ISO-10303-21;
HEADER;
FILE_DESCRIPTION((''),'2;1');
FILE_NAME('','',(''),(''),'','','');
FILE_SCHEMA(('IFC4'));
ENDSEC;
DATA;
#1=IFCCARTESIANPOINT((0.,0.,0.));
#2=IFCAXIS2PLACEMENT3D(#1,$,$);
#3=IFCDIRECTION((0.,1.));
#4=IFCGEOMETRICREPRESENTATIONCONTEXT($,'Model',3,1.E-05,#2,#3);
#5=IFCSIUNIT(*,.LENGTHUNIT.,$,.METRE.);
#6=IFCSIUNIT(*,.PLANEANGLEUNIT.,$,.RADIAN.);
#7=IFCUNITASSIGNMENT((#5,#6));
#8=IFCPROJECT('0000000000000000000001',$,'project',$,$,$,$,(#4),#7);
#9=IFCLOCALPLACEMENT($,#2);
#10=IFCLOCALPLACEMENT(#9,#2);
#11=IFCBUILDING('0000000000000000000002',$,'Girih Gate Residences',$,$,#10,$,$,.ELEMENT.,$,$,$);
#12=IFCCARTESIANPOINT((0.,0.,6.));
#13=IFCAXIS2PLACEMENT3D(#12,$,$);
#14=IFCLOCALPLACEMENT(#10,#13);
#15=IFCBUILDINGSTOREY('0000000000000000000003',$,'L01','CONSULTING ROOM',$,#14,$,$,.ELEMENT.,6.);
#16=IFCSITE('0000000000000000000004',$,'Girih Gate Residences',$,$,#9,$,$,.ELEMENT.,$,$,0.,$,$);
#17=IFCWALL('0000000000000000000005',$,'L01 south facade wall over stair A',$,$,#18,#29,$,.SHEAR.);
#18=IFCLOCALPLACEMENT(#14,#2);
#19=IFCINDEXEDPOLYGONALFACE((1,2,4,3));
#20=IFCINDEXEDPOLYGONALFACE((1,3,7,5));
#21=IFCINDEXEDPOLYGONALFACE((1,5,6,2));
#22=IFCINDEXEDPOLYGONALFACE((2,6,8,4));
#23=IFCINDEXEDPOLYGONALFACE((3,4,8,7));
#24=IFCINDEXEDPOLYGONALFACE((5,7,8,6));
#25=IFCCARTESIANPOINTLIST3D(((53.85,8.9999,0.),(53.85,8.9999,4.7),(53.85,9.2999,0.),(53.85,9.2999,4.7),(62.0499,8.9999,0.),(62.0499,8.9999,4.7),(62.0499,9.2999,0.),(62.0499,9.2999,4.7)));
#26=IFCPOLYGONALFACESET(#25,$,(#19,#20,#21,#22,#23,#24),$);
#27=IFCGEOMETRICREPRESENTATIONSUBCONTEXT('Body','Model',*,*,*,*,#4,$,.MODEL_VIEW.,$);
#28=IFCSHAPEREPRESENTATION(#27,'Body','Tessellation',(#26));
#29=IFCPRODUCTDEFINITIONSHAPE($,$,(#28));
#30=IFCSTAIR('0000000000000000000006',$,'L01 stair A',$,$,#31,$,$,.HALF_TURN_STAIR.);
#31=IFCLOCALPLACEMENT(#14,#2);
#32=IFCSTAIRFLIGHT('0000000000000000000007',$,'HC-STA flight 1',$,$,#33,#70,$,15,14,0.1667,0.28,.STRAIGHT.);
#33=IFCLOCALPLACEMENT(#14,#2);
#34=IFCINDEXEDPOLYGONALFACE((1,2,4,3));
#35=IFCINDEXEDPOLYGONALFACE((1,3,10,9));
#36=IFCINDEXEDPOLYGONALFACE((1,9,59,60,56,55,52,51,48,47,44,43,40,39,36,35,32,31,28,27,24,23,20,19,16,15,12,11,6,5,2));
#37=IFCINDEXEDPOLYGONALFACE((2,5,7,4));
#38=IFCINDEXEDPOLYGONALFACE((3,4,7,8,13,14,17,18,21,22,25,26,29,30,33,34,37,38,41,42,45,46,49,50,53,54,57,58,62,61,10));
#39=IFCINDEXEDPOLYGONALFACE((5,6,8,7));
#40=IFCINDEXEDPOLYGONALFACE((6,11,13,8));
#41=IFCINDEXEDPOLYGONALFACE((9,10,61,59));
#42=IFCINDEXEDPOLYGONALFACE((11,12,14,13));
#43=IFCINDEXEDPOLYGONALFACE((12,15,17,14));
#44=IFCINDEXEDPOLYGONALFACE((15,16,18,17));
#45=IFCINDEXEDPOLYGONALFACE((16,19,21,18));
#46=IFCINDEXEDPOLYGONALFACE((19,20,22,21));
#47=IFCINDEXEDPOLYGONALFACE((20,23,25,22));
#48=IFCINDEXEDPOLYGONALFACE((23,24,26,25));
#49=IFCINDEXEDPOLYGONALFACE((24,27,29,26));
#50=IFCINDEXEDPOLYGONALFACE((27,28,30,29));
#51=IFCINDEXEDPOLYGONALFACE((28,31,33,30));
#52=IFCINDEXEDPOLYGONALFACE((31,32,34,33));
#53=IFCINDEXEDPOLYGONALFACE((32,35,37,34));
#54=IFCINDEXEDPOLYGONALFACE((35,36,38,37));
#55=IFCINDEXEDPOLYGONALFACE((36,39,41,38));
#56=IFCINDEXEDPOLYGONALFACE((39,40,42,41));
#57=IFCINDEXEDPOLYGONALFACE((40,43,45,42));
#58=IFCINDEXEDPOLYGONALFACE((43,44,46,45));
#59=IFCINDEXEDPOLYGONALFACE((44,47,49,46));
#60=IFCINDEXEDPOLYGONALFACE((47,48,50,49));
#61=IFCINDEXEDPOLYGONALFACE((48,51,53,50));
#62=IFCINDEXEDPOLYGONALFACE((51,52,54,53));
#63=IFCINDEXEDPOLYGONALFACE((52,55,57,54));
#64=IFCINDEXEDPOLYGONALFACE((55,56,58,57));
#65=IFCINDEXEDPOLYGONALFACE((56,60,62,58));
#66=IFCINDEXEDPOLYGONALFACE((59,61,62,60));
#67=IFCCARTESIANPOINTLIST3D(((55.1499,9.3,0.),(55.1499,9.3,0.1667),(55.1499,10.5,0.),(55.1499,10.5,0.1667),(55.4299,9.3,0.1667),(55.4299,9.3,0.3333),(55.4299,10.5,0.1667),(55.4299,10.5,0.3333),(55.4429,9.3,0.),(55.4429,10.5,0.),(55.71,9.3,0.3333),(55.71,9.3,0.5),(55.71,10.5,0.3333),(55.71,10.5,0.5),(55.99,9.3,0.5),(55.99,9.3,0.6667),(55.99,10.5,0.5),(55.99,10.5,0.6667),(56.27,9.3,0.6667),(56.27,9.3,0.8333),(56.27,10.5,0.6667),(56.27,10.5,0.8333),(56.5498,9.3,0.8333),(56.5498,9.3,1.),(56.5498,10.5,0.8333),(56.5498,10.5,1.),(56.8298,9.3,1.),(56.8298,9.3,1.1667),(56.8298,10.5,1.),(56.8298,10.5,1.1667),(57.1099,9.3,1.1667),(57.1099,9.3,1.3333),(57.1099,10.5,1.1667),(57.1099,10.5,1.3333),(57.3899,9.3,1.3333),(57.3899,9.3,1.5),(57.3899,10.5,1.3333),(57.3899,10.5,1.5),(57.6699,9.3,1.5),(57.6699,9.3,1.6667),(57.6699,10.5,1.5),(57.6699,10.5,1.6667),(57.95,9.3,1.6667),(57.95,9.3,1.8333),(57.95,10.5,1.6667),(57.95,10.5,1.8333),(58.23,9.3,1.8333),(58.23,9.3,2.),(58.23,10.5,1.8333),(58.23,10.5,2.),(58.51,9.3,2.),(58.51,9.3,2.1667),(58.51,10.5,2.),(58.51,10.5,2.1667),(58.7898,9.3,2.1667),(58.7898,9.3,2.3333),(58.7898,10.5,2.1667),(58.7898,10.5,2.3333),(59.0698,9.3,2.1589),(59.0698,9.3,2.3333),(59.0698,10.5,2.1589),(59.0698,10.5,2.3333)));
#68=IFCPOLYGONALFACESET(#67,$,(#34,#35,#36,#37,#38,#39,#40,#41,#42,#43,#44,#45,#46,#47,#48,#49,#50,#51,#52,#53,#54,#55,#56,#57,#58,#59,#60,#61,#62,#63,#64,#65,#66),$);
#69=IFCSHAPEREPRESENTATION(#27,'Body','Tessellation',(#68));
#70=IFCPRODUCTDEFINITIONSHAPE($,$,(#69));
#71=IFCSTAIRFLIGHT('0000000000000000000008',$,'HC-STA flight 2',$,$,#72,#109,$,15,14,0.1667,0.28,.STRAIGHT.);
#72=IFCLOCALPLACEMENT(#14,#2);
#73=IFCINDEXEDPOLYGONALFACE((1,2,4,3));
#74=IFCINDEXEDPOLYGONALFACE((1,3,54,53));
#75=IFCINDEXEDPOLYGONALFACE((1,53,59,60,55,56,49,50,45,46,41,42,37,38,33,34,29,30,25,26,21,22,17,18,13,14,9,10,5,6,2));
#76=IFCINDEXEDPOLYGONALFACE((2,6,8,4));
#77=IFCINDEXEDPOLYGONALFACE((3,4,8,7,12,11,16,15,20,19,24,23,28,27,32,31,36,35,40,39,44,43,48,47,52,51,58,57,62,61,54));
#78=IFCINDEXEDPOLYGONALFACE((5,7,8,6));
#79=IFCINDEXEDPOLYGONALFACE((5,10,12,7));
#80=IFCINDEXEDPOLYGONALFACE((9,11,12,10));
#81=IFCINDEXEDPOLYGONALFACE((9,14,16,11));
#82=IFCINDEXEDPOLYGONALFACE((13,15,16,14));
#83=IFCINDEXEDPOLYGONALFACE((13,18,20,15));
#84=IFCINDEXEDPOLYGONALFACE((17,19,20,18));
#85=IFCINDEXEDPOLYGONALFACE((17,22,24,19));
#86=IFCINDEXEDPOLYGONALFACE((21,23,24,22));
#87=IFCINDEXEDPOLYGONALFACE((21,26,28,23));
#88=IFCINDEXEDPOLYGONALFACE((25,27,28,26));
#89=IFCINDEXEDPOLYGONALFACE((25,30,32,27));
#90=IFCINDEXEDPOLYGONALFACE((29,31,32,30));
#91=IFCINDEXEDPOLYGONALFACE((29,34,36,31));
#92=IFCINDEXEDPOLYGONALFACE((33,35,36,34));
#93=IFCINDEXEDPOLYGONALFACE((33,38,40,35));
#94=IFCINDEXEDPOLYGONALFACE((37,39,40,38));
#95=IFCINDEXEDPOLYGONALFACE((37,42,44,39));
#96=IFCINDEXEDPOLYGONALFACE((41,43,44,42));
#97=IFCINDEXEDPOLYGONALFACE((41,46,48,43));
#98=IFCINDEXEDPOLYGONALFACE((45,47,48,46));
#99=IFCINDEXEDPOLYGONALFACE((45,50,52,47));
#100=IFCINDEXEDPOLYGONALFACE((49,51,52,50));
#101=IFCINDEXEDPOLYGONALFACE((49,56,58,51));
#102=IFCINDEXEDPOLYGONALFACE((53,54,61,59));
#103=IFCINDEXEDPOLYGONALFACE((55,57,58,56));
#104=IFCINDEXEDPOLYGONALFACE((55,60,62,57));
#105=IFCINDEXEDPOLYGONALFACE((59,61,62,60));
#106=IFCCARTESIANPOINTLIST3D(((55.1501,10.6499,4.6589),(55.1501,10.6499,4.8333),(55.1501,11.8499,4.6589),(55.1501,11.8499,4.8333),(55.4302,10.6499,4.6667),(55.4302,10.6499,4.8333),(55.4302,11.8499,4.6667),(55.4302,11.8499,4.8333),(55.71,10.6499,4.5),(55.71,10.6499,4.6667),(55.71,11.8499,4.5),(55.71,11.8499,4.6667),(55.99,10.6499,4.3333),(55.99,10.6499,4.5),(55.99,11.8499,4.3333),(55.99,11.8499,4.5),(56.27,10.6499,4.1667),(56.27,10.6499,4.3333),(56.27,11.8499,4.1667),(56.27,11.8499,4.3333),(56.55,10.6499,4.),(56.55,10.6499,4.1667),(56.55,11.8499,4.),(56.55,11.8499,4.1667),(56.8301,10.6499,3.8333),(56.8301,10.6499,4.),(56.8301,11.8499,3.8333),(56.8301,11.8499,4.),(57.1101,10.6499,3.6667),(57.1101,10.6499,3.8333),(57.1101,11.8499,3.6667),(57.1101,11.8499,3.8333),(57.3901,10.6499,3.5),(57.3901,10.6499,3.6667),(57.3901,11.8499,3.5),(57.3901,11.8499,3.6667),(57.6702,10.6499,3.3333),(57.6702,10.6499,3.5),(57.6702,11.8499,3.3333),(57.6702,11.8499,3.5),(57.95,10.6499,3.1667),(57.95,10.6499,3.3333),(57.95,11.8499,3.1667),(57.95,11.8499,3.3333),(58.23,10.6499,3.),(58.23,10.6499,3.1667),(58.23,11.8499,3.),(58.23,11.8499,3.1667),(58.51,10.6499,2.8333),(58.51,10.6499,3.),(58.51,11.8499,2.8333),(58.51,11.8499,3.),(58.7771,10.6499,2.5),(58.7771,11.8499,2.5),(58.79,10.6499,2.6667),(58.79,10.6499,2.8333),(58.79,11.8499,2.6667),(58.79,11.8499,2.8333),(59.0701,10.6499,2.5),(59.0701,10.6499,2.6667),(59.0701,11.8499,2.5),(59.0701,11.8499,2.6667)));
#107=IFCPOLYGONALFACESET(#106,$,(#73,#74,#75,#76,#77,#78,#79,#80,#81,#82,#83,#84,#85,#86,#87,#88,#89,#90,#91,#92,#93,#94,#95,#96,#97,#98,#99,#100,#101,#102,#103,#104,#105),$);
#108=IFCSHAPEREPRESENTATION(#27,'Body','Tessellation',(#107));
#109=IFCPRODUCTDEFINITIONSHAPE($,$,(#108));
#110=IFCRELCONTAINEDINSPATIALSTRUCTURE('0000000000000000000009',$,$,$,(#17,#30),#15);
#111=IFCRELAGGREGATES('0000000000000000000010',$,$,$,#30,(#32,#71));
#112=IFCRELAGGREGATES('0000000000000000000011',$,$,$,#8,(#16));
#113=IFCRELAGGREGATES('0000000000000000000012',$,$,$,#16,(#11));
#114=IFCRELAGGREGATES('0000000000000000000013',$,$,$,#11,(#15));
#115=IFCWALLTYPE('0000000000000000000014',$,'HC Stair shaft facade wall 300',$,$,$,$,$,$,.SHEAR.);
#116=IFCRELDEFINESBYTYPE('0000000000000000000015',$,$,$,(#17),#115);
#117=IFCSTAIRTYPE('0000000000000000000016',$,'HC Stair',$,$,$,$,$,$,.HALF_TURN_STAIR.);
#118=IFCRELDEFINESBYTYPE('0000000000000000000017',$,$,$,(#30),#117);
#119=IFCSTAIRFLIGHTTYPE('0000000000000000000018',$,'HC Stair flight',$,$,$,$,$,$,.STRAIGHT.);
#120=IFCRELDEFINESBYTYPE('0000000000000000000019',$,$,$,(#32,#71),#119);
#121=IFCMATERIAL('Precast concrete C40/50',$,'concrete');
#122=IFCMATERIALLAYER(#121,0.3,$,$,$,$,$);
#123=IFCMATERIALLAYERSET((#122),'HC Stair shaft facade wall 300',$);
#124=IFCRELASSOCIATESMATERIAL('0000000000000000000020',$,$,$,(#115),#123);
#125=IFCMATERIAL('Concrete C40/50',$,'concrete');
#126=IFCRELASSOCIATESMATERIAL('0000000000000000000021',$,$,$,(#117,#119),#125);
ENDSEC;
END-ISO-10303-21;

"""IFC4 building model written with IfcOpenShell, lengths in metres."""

from ifc_helpers import new_model, si_unit, direction, frame, frame_2d, origin, place, context, subcontext, project, spatial, polyline, rectangle, outline, extrude, material, layer, layer_set, type_object, element, aggregate, save


model = new_model("IFC4")

# Units and contexts
model_context = context("Model", 3, precision=1e-05, world=origin(), true_north=direction((0.0, 1.0)))
body_context = subcontext(model_context, "Body", "Model", "MODEL_VIEW")
ifc_project = project(units=[si_unit("LENGTHUNIT", "METRE"), si_unit("PLANEANGLEUNIT", "RADIAN")], contexts=[model_context])

# Site, building, storey
site_placement = place(None, origin())
site = spatial("IfcSite", under=ifc_project, at=site_placement, Name="Girih Gate Residences", CompositionType="ELEMENT", RefElevation=0.0)
building_placement = place(site_placement, origin())
building = spatial("IfcBuilding", under=site, at=building_placement, Name="Girih Gate Residences", CompositionType="ELEMENT")
storey_placement = place(building_placement, frame((0.0, 0.0, 6.0)))
storey = spatial("IfcBuildingStorey", under=building, at=storey_placement, Name="L01", Description="CONSULTING ROOM", CompositionType="ELEMENT", Elevation=6.0)

# Shared definitions
ifc_material_1 = material(Name="Concrete C40/50", Category="concrete")

# Shared definitions
ifc_material_2 = material(Name="Precast concrete C40/50", Category="concrete")

# Wall
ifc_layer_1 = layer(ifc_material_2, 0.3)
ifc_layer_set_1 = layer_set([ifc_layer_1], Name="HC Stair shaft facade wall 300")
wall_type_1 = type_object("IfcWallType", Name="HC Stair shaft facade wall 300", PredefinedType="SHEAR", material=ifc_layer_set_1)
wall_1_placement = place(storey_placement, frame((62.05, 9.1499, 0.0), z_axis=(0.0, 0.0, 1.0), x_axis=(-1.0, 0.0, 0.0)))
element("IfcWall", 1, at=wall_1_placement, inside=storey, type_object=wall_type_1, Name="L01 south facade wall over stair A", PredefinedType="SHEAR", context=body_context, shape_type="SweptSolid", body=[
    extrude(rectangle(XDim=8.2, YDim=0.3, at=frame_2d((4.1001, 0.0))), origin(), (0.0, 0.0, 1.0), 4.7),
])

# Stair, stair flights
stair_type = type_object("IfcStairType", Name="HC Stair", PredefinedType="HALF_TURN_STAIR", material=ifc_material_1)
stair_placement = place(storey_placement, origin())
stair = element("IfcStair", 2, at=stair_placement, inside=storey, type_object=stair_type, Name="L01 stair A", PredefinedType="HALF_TURN_STAIR")
stair_flight_type = type_object("IfcStairFlightType", Name="HC Stair flight", PredefinedType="STRAIGHT", material=ifc_material_1)
stair_flight_1_placement = place(storey_placement, frame((55.1499, 9.8999, 0.0), z_axis=(0.0, 0.0, 1.0), x_axis=(1.0, 0.0, 0.0)))
stair_flight_1 = element("IfcStairFlight", 3, at=stair_flight_1_placement, type_object=stair_flight_type, Name="HC-STA flight 1", NumberOfRisers=15, NumberOfTreads=14, PredefinedType="STRAIGHT", RiserHeight=0.1667, TreadLength=0.28, context=body_context, shape_type="SweptSolid", body=[
    extrude(outline(polyline([(0.0, 0.0), (0.0, 0.1667), (0.28, 0.1667), (0.28, 0.3333), (0.5601, 0.3333), (0.5601, 0.5), (0.8401, 0.5), (0.8401, 0.6667), (1.1201, 0.6667), (1.1201, 0.8333), (1.3999, 0.8333), (1.3999, 1.0), (1.6799, 1.0), (1.6799, 1.1667), (1.96, 1.1667), (1.96, 1.3333), (2.24, 1.3333), (2.24, 1.5), (2.52, 1.5), (2.52, 1.6667), (2.8, 1.6667), (2.8, 1.8333), (3.0801, 1.8333), (3.0801, 2.0), (3.3601, 2.0), (3.3601, 2.1667), (3.6399, 2.1667), (3.6399, 2.3333), (3.9199, 2.3333), (3.9199, 2.5), (3.9199, 2.1589), (0.293, 0.0), (0.0, 0.0)])), frame((0.0, 0.6001, 0.0), z_axis=(0.0, -1.0, 0.0), x_axis=(1.0, 0.0, 0.0)), (0.0, 0.0, 1.0), 1.2),
])
stair_flight_2_placement = place(storey_placement, frame((59.0701, 11.25, 2.5), z_axis=(0.0, 0.0, 1.0), x_axis=(-1.0, 0.0, 0.0)))
stair_flight_2 = element("IfcStairFlight", 4, at=stair_flight_2_placement, type_object=stair_flight_type, Name="HC-STA flight 2", NumberOfRisers=15, NumberOfTreads=14, PredefinedType="STRAIGHT", RiserHeight=0.1667, TreadLength=0.28, context=body_context, shape_type="SweptSolid", body=[
    extrude(outline(polyline([(0.0, 0.0), (0.0, 0.1667), (0.28, 0.1667), (0.28, 0.3333), (0.5601, 0.3333), (0.5601, 0.5), (0.8401, 0.5), (0.8401, 0.6667), (1.1201, 0.6667), (1.1201, 0.8333), (1.3999, 0.8333), (1.3999, 1.0), (1.6799, 1.0), (1.6799, 1.1667), (1.96, 1.1667), (1.96, 1.3333), (2.24, 1.3333), (2.24, 1.5), (2.52, 1.5), (2.52, 1.6667), (2.8, 1.6667), (2.8, 1.8333), (3.0801, 1.8333), (3.0801, 2.0), (3.3601, 2.0), (3.3601, 2.1667), (3.6399, 2.1667), (3.6399, 2.3333), (3.9199, 2.3333), (3.9199, 2.5), (3.9199, 2.1589), (0.293, 0.0), (0.0, 0.0)])), frame((0.0, 0.6001, 0.0), z_axis=(0.0, -1.0, 0.0), x_axis=(1.0, 0.0, 0.0)), (0.0, 0.0, 1.0), 1.2),
])
aggregate(stair, [stair_flight_1, stair_flight_2])

save(model, "model.ifc")
